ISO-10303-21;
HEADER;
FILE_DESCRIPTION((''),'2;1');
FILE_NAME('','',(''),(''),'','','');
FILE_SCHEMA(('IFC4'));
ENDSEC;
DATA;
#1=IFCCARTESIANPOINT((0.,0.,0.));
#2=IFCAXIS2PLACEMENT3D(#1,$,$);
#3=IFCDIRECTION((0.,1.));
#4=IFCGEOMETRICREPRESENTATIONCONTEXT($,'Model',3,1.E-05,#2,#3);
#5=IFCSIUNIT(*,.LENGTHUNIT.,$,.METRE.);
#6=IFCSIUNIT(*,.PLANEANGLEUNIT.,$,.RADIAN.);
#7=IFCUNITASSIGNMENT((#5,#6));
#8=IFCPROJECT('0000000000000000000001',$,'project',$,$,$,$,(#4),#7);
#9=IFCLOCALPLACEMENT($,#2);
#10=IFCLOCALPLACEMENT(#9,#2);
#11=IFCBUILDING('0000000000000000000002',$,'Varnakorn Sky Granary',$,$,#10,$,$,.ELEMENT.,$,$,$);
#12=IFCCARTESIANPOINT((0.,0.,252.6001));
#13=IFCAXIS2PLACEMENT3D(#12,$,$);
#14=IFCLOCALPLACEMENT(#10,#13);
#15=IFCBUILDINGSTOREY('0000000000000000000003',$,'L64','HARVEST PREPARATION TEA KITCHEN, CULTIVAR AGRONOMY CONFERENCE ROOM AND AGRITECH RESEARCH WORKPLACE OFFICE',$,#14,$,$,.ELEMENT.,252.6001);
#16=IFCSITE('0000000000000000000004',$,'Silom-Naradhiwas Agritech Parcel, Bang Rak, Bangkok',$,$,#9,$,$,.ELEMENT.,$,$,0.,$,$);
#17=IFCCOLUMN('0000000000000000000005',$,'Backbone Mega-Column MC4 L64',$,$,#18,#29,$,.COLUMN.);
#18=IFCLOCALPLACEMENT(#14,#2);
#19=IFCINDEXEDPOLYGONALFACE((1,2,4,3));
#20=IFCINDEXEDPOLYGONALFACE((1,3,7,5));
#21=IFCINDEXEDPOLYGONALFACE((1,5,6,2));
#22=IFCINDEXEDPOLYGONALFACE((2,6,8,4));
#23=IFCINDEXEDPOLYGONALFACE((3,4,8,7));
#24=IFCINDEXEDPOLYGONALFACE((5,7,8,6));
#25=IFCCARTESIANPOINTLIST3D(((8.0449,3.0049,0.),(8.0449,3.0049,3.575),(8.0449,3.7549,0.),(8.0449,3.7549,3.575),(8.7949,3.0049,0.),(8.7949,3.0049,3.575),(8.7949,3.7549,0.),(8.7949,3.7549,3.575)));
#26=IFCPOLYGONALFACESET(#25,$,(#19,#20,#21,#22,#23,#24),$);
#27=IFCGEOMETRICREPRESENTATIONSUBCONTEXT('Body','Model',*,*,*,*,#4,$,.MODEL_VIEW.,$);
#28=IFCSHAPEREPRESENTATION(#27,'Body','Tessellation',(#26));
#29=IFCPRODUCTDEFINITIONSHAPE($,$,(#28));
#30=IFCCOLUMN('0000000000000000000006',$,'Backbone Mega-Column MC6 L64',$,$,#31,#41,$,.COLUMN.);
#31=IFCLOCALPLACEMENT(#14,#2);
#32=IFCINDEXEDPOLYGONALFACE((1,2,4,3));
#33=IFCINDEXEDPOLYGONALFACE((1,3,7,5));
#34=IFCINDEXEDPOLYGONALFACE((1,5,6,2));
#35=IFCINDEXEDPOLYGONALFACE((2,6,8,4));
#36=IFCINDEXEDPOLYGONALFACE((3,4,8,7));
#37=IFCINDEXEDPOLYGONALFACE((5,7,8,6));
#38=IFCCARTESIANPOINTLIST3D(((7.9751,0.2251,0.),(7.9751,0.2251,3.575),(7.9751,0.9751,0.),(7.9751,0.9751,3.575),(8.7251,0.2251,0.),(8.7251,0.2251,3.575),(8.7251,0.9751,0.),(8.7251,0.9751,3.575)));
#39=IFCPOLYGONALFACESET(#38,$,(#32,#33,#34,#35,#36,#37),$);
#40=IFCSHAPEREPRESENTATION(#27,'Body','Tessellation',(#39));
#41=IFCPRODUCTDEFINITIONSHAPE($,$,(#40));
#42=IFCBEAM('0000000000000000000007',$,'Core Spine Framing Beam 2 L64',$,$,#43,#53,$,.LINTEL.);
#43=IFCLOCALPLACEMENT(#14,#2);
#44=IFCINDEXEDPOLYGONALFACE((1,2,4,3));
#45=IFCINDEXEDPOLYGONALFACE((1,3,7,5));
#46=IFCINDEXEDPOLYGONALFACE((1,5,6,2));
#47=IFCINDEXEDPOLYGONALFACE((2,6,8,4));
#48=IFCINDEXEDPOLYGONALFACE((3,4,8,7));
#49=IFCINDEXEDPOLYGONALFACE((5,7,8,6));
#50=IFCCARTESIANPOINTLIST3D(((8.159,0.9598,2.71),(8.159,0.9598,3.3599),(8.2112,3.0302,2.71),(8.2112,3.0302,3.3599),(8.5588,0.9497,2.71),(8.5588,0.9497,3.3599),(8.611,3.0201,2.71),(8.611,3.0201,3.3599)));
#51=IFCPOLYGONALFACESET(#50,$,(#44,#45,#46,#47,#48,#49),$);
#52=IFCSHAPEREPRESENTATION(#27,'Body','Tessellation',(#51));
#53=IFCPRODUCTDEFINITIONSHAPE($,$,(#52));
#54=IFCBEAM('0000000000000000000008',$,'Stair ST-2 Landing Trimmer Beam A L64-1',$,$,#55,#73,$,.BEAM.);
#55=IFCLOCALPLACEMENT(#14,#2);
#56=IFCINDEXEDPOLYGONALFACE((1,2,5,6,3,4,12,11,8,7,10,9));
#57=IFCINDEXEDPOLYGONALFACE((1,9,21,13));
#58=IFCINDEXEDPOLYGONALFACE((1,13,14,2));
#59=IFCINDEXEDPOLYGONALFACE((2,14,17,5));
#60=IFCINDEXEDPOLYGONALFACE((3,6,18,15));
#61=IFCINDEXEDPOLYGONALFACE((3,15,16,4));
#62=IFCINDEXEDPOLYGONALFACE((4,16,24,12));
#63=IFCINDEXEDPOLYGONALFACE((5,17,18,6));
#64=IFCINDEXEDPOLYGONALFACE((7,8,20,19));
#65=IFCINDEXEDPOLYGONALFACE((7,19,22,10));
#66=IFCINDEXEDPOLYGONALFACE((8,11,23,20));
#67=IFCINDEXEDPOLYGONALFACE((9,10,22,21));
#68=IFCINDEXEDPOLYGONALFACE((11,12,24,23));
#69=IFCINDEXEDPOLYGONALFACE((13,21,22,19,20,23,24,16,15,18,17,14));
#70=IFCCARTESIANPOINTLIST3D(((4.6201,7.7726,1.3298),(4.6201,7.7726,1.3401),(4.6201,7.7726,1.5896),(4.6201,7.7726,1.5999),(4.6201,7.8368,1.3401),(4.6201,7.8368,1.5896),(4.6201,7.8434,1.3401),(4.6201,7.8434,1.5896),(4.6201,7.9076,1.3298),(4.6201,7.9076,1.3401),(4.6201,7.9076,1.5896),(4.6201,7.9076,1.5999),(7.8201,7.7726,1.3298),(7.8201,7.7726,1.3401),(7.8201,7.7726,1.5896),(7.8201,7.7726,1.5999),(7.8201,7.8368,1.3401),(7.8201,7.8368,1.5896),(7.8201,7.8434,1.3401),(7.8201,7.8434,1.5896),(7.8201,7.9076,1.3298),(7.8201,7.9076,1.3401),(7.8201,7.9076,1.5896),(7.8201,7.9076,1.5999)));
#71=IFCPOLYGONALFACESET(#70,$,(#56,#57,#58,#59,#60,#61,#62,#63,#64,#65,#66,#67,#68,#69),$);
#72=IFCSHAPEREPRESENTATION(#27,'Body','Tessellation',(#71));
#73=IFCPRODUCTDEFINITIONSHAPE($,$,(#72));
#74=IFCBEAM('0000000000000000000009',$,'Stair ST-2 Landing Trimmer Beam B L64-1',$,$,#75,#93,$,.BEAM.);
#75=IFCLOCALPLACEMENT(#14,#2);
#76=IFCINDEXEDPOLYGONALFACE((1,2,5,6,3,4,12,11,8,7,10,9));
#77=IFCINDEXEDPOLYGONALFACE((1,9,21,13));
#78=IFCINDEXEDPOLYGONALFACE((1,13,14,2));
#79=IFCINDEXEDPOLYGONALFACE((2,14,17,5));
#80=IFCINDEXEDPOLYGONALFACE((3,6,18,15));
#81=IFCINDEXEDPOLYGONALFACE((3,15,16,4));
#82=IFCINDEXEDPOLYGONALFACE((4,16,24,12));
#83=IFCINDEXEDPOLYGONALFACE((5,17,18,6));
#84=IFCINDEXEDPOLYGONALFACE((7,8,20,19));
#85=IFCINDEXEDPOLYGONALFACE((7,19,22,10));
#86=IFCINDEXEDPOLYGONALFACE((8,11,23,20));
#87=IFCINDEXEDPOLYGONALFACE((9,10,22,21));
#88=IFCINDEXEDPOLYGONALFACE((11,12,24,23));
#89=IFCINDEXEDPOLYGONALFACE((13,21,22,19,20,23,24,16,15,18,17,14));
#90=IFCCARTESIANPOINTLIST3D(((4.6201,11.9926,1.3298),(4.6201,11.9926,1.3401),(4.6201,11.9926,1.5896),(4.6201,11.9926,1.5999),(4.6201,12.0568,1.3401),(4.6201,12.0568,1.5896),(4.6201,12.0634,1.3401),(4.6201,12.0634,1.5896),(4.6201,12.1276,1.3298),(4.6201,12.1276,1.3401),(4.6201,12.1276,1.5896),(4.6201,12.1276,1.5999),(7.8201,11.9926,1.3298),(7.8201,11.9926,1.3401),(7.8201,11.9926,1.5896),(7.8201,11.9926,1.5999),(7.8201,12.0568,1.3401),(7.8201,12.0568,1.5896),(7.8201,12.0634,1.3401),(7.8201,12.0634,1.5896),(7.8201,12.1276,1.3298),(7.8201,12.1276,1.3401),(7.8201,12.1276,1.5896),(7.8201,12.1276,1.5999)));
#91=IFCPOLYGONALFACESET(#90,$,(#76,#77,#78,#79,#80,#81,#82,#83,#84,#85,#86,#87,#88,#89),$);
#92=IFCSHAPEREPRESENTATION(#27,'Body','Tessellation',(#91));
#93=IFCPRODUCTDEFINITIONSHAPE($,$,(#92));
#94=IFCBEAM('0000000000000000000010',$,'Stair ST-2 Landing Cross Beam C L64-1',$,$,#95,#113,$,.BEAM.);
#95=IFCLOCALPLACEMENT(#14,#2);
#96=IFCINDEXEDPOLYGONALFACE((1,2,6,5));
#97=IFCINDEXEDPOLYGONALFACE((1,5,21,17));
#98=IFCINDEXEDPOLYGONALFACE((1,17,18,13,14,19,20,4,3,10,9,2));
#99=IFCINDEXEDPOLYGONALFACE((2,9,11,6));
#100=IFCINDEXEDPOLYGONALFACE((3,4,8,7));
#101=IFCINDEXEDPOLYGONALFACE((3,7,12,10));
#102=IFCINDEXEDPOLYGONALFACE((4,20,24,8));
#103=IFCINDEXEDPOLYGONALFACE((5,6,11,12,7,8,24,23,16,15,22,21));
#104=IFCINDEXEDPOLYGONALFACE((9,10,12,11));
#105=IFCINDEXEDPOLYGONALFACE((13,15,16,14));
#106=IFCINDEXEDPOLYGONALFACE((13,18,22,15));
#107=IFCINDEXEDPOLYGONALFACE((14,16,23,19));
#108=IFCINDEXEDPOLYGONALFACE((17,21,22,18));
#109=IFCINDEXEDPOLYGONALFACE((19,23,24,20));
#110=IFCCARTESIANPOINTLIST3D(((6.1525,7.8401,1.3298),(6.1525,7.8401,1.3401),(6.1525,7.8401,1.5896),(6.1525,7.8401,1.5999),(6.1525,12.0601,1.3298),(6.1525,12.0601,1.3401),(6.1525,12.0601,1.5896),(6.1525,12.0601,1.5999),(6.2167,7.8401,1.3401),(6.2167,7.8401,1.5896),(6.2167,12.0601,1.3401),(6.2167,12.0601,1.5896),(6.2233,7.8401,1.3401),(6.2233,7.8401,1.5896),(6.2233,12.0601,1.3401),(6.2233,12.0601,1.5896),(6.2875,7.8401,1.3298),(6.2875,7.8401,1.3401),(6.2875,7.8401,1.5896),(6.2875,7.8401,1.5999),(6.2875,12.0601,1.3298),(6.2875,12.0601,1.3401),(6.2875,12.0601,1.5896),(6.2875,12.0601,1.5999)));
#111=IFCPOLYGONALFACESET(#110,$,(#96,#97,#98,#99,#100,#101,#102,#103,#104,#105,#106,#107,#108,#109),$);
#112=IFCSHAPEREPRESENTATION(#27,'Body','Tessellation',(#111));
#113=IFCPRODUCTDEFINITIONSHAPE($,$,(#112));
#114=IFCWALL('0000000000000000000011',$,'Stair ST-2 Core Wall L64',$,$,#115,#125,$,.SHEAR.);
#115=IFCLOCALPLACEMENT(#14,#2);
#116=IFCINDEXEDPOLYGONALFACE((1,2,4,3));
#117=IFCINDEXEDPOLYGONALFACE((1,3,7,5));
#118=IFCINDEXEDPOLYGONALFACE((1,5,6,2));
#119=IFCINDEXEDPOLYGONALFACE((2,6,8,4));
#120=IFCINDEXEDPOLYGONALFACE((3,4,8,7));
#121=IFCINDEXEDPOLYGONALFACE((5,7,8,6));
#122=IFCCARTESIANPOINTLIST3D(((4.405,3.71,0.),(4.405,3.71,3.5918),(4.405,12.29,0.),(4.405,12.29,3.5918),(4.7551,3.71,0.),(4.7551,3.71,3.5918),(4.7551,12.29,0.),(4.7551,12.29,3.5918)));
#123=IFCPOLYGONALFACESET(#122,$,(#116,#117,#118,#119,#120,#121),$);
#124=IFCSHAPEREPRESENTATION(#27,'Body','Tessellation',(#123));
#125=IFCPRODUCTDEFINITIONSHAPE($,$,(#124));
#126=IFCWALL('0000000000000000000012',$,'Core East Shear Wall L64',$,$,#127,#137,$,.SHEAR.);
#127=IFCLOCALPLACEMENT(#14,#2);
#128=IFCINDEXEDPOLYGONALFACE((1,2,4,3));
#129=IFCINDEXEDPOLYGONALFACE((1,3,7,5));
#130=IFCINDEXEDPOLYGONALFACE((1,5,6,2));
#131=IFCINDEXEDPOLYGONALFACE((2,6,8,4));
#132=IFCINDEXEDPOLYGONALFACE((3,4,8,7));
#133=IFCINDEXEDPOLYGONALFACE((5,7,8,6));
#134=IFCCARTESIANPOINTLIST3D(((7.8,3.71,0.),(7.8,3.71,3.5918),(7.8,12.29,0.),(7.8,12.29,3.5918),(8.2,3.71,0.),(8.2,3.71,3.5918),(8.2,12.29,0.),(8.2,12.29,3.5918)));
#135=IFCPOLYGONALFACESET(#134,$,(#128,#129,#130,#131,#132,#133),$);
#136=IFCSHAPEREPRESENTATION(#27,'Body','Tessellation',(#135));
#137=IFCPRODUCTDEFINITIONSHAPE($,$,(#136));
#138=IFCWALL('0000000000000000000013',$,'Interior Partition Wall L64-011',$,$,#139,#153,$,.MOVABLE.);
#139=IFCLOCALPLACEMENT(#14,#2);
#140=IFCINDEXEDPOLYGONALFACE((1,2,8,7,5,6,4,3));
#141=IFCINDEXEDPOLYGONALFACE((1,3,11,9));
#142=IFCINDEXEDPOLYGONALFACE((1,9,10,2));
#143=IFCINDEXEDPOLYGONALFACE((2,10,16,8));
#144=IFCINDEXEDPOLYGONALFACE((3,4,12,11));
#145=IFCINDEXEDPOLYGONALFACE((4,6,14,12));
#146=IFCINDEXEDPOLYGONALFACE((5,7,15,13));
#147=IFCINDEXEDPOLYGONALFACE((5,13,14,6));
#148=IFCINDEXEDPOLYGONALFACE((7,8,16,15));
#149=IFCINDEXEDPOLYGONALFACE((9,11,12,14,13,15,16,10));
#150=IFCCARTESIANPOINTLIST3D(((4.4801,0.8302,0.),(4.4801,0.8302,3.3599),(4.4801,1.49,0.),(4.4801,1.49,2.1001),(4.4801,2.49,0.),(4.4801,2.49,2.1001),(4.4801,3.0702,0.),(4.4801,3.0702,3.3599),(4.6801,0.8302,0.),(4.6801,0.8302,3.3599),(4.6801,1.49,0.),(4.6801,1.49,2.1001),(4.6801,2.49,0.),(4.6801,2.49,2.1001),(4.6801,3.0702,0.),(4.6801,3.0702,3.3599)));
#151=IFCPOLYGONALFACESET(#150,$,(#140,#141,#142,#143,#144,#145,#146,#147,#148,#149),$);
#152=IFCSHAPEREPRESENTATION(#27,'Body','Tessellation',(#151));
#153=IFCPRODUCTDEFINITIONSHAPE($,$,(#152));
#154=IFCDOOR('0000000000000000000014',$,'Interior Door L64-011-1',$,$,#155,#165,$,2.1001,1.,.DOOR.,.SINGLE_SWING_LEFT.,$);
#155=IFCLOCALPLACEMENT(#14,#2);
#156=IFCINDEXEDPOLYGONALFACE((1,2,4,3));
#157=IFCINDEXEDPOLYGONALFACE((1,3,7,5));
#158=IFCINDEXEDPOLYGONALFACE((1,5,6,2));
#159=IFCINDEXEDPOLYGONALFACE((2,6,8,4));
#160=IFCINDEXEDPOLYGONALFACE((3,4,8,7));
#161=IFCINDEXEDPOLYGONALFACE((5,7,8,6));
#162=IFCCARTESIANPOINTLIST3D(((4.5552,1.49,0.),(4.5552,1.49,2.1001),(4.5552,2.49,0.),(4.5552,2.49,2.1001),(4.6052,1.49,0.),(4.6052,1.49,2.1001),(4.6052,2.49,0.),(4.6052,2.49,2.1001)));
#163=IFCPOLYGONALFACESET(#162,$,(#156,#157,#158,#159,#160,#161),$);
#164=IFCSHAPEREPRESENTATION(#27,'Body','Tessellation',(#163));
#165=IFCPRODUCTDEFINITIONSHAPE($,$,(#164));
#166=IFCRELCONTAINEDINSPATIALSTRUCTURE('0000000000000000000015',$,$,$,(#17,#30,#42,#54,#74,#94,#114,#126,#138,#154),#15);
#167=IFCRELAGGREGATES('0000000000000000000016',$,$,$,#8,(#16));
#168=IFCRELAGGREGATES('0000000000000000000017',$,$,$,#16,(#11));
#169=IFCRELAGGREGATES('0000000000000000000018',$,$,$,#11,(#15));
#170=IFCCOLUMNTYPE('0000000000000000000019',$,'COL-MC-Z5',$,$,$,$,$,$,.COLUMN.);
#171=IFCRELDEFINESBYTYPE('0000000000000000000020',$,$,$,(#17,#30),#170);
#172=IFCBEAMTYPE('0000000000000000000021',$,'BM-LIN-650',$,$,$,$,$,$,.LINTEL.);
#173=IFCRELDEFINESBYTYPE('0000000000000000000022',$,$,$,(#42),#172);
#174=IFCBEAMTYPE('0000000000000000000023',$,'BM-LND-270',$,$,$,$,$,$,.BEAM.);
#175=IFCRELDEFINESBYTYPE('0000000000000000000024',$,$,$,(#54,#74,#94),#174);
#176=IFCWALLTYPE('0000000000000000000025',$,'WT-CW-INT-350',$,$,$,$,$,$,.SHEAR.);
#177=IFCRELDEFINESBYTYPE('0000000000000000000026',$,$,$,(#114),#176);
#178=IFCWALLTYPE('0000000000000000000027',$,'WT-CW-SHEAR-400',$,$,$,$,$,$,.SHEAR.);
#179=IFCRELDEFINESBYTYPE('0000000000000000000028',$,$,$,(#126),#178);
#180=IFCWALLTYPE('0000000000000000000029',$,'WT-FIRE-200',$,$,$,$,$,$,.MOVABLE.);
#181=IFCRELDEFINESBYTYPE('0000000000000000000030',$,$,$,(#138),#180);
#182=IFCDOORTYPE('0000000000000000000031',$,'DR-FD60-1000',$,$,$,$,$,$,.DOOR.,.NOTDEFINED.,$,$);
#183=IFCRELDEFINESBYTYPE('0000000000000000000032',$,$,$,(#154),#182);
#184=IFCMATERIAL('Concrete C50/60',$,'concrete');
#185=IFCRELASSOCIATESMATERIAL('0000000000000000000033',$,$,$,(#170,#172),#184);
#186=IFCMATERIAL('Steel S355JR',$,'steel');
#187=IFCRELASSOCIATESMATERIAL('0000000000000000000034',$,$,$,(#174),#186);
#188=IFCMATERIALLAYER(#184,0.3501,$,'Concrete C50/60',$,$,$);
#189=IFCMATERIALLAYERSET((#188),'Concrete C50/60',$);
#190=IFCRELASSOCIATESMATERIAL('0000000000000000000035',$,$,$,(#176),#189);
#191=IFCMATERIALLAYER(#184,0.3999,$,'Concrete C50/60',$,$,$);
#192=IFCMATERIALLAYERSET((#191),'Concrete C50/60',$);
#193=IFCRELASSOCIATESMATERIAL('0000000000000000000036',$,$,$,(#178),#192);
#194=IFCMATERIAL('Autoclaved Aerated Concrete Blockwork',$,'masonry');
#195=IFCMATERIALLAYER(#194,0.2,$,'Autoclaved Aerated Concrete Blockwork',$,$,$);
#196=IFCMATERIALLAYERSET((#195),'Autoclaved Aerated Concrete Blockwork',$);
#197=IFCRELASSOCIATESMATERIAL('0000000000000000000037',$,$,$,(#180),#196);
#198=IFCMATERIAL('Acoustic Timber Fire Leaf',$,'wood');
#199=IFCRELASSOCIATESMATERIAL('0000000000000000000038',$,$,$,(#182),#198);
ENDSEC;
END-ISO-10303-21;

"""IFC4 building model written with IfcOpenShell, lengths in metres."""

from ifc_helpers import new_model, si_unit, direction, frame, frame_2d, origin, origin_2d, place, context, subcontext, project, spatial, rectangle, i_section, extrude, material, layer, layer_set, material_profile, profile_set, type_object, element, fill, save


model = new_model("IFC4")

# Units and contexts
model_context = context("Model", 3, precision=1e-05, world=origin(), true_north=direction((0.0, 1.0)))
body_context = subcontext(model_context, "Body", "Model", "MODEL_VIEW")
ifc_project = project(units=[si_unit("LENGTHUNIT", "METRE"), si_unit("PLANEANGLEUNIT", "RADIAN")], contexts=[model_context])

# Site, building, storey
site_placement = place(None, origin())
site = spatial("IfcSite", under=ifc_project, at=site_placement, Name="Silom-Naradhiwas Agritech Parcel, Bang Rak, Bangkok", CompositionType="ELEMENT", RefElevation=0.0)
building_placement = place(site_placement, origin())
building = spatial("IfcBuilding", under=site, at=building_placement, Name="Varnakorn Sky Granary", CompositionType="ELEMENT")
storey_placement = place(building_placement, frame((0.0, 0.0, 252.6001)))
storey = spatial("IfcBuildingStorey", under=building, at=storey_placement, Name="L64", Description="HARVEST PREPARATION TEA KITCHEN, CULTIVAR AGRONOMY CONFERENCE ROOM AND AGRITECH RESEARCH WORKPLACE OFFICE", CompositionType="ELEMENT", Elevation=252.6001)

# Columns
ifc_material_1 = material(Name="Concrete C50/60", Category="concrete")
ifc_material_profile_1 = material_profile(ifc_material_1, rectangle(XDim=0.75, YDim=0.75, at=origin_2d()), Name="RC 750x750")
ifc_profile_set_1 = profile_set([ifc_material_profile_1], Name="Concrete C50/60")
column_type = type_object("IfcColumnType", Name="COL-MC-Z5", PredefinedType="COLUMN", material=ifc_profile_set_1)
for number, where, z_axis, x_axis, name in (
    (1, (8.4199, 3.3799, 0.0), (0.0, 0.0, 1.0), (1.0, 0.0, 0.0), "Backbone Mega-Column MC4 L64"),
    (2, (8.3501, 0.6001, 0.0), (0.0, 0.0, 1.0), (1.0, 0.0, 0.0), "Backbone Mega-Column MC6 L64"),
):
    element("IfcColumn", number, at=place(storey_placement, frame(where, z_axis=z_axis, x_axis=x_axis)), inside=storey, type_object=column_type, Name=name, PredefinedType="COLUMN", context=body_context, shape_type="SweptSolid", body=[
        extrude(rectangle(XDim=0.75, YDim=0.75, at=origin_2d()), origin(), (0.0, 0.0, 1.0), 3.575),
    ])

# Beams
ifc_material_profile_2 = material_profile(ifc_material_1, rectangle(XDim=0.3999, YDim=0.6499, at=origin_2d()), Name="RC 400x650")
ifc_profile_set_2 = profile_set([ifc_material_profile_2], Name="Concrete C50/60")
beam_type_1 = type_object("IfcBeamType", Name="BM-LIN-650", PredefinedType="LINTEL", material=ifc_profile_set_2)
beam_1_placement = place(storey_placement, frame((8.4111, 3.0251, 3.0349), z_axis=(-0.025228, -0.999682, 0.0), x_axis=(0.999682, -0.025228, 0.0)))
element("IfcBeam", 3, at=beam_1_placement, inside=storey, type_object=beam_type_1, Name="Core Spine Framing Beam 2 L64", PredefinedType="LINTEL", context=body_context, shape_type="SweptSolid", body=[
    extrude(rectangle(XDim=0.3999, YDim=0.6499, at=origin_2d()), origin(), (0.0, 0.0, 1.0), 2.071),
])
ifc_material_2 = material(Name="Steel S355JR", Category="steel")
ifc_material_profile_3 = material_profile(ifc_material_2, i_section(OverallWidth=0.135, OverallDepth=0.27, WebThickness=0.0066, FlangeThickness=0.0103, at=origin_2d()), Name="IPE 270")
ifc_profile_set_3 = profile_set([ifc_material_profile_3], Name="Steel S355JR")
beam_type_2 = type_object("IfcBeamType", Name="BM-LND-270", PredefinedType="BEAM", material=ifc_profile_set_3)
for number, where, z_axis, x_axis, name in (
    (4, (4.6201, 7.8401, 1.4648), (1.0, 0.0, 0.0), (0.0, 1.0, 0.0), "Stair ST-2 Landing Trimmer Beam A L64-1"),
    (5, (4.6201, 12.0601, 1.4648), (1.0, 0.0, 0.0), (0.0, 1.0, 0.0), "Stair ST-2 Landing Trimmer Beam B L64-1"),
):
    element("IfcBeam", number, at=place(storey_placement, frame(where, z_axis=z_axis, x_axis=x_axis)), inside=storey, type_object=beam_type_2, Name=name, PredefinedType="BEAM", context=body_context, shape_type="SweptSolid", body=[
        extrude(i_section(OverallWidth=0.135, OverallDepth=0.27, WebThickness=0.0066, FlangeThickness=0.0103, at=origin_2d()), origin(), (0.0, 0.0, 1.0), 3.2),
    ])
beam_2_placement = place(storey_placement, frame((6.22, 7.8401, 1.4648), z_axis=(0.0, 1.0, 0.0), x_axis=(-1.0, 0.0, 0.0)))
element("IfcBeam", 6, at=beam_2_placement, inside=storey, type_object=beam_type_2, Name="Stair ST-2 Landing Cross Beam C L64-1", PredefinedType="BEAM", context=body_context, shape_type="SweptSolid", body=[
    extrude(i_section(OverallWidth=0.135, OverallDepth=0.27, WebThickness=0.0066, FlangeThickness=0.0103, at=origin_2d()), origin(), (0.0, 0.0, 1.0), 4.22),
])

# Walls
ifc_layer_1 = layer(ifc_material_1, 0.3501, Name="Concrete C50/60")
ifc_layer_set_1 = layer_set([ifc_layer_1], Name="Concrete C50/60")
wall_type_1 = type_object("IfcWallType", Name="WT-CW-INT-350", PredefinedType="SHEAR", material=ifc_layer_set_1)
wall_1_placement = place(storey_placement, frame((4.5801, 3.71, 0.0), z_axis=(0.0, 0.0, 1.0), x_axis=(0.0, 1.0, 0.0)))
element("IfcWall", 7, at=wall_1_placement, inside=storey, type_object=wall_type_1, Name="Stair ST-2 Core Wall L64", PredefinedType="SHEAR", context=body_context, shape_type="SweptSolid", body=[
    extrude(rectangle(XDim=8.5801, YDim=0.3501, at=frame_2d((4.29, 0.0))), origin(), (0.0, 0.0, 1.0), 3.5918),
])
ifc_layer_2 = layer(ifc_material_1, 0.3999, Name="Concrete C50/60")
ifc_layer_set_2 = layer_set([ifc_layer_2], Name="Concrete C50/60")
wall_type_2 = type_object("IfcWallType", Name="WT-CW-SHEAR-400", PredefinedType="SHEAR", material=ifc_layer_set_2)
wall_2_placement = place(storey_placement, frame((8.0, 3.71, 0.0), z_axis=(0.0, 0.0, 1.0), x_axis=(0.0, 1.0, 0.0)))
element("IfcWall", 8, at=wall_2_placement, inside=storey, type_object=wall_type_2, Name="Core East Shear Wall L64", PredefinedType="SHEAR", context=body_context, shape_type="SweptSolid", body=[
    extrude(rectangle(XDim=8.5801, YDim=0.3999, at=frame_2d((4.29, 0.0))), origin(), (0.0, 0.0, 1.0), 3.5918),
])

# Wall, opening, door
ifc_material_3 = material(Name="Autoclaved Aerated Concrete Blockwork", Category="masonry")
ifc_layer_3 = layer(ifc_material_3, 0.2, Name="Autoclaved Aerated Concrete Blockwork")
ifc_layer_set_3 = layer_set([ifc_layer_3], Name="Autoclaved Aerated Concrete Blockwork")
wall_type_3 = type_object("IfcWallType", Name="WT-FIRE-200", PredefinedType="MOVABLE", material=ifc_layer_set_3)
wall_3_placement = place(storey_placement, frame((4.5801, 0.8301, 0.0), z_axis=(0.0, 0.0, 1.0), x_axis=(0.0, 1.0, 0.0)))
wall_3 = element("IfcWall", 9, at=wall_3_placement, inside=storey, type_object=wall_type_3, Name="Interior Partition Wall L64-011", PredefinedType="MOVABLE", context=body_context, shape_type="SweptSolid", body=[
    extrude(rectangle(XDim=2.24, YDim=0.2, at=frame_2d((1.1201, 0.0))), origin(), (0.0, 0.0, 1.0), 3.3599),
])
opening_1_placement = place(wall_3_placement, frame((0.6599, 0.0, 0.0)))
opening_1 = element("IfcOpeningElement", 10, at=opening_1_placement, cuts=wall_3, PredefinedType="OPENING", context=body_context, shape_type="SweptSolid", body=[
    extrude(rectangle(XDim=1.0, YDim=2.1001, at=frame_2d((0.5, 1.05))), frame((0.0, 0.1099, 0.0), z_axis=(0.0, -1.0, 0.0), x_axis=(1.0, 0.0, 0.0)), (0.0, 0.0, 1.0), 0.22),
])
ifc_material_4 = material(Name="Acoustic Timber Fire Leaf", Category="wood")
door_type_1 = type_object("IfcDoorType", Name="DR-FD60-1000", OperationType="NOTDEFINED", PredefinedType="DOOR", material=ifc_material_4)
door_1_placement = place(opening_1_placement, origin())
door_1 = element("IfcDoor", 11, at=door_1_placement, inside=storey, type_object=door_type_1, Name="Interior Door L64-011-1", OperationType="SINGLE_SWING_LEFT", OverallHeight=2.1001, OverallWidth=1.0, PredefinedType="DOOR", context=body_context, shape_type="SweptSolid", body=[
    extrude(rectangle(XDim=1.0, YDim=2.1001, at=frame_2d((0.5, 1.05))), frame((0.0, 0.0249, 0.0), z_axis=(0.0, -1.0, 0.0), x_axis=(1.0, 0.0, 0.0)), (0.0, 0.0, 1.0), 0.05),
])
fill(opening_1, door_1)

save(model, "model.ifc")
